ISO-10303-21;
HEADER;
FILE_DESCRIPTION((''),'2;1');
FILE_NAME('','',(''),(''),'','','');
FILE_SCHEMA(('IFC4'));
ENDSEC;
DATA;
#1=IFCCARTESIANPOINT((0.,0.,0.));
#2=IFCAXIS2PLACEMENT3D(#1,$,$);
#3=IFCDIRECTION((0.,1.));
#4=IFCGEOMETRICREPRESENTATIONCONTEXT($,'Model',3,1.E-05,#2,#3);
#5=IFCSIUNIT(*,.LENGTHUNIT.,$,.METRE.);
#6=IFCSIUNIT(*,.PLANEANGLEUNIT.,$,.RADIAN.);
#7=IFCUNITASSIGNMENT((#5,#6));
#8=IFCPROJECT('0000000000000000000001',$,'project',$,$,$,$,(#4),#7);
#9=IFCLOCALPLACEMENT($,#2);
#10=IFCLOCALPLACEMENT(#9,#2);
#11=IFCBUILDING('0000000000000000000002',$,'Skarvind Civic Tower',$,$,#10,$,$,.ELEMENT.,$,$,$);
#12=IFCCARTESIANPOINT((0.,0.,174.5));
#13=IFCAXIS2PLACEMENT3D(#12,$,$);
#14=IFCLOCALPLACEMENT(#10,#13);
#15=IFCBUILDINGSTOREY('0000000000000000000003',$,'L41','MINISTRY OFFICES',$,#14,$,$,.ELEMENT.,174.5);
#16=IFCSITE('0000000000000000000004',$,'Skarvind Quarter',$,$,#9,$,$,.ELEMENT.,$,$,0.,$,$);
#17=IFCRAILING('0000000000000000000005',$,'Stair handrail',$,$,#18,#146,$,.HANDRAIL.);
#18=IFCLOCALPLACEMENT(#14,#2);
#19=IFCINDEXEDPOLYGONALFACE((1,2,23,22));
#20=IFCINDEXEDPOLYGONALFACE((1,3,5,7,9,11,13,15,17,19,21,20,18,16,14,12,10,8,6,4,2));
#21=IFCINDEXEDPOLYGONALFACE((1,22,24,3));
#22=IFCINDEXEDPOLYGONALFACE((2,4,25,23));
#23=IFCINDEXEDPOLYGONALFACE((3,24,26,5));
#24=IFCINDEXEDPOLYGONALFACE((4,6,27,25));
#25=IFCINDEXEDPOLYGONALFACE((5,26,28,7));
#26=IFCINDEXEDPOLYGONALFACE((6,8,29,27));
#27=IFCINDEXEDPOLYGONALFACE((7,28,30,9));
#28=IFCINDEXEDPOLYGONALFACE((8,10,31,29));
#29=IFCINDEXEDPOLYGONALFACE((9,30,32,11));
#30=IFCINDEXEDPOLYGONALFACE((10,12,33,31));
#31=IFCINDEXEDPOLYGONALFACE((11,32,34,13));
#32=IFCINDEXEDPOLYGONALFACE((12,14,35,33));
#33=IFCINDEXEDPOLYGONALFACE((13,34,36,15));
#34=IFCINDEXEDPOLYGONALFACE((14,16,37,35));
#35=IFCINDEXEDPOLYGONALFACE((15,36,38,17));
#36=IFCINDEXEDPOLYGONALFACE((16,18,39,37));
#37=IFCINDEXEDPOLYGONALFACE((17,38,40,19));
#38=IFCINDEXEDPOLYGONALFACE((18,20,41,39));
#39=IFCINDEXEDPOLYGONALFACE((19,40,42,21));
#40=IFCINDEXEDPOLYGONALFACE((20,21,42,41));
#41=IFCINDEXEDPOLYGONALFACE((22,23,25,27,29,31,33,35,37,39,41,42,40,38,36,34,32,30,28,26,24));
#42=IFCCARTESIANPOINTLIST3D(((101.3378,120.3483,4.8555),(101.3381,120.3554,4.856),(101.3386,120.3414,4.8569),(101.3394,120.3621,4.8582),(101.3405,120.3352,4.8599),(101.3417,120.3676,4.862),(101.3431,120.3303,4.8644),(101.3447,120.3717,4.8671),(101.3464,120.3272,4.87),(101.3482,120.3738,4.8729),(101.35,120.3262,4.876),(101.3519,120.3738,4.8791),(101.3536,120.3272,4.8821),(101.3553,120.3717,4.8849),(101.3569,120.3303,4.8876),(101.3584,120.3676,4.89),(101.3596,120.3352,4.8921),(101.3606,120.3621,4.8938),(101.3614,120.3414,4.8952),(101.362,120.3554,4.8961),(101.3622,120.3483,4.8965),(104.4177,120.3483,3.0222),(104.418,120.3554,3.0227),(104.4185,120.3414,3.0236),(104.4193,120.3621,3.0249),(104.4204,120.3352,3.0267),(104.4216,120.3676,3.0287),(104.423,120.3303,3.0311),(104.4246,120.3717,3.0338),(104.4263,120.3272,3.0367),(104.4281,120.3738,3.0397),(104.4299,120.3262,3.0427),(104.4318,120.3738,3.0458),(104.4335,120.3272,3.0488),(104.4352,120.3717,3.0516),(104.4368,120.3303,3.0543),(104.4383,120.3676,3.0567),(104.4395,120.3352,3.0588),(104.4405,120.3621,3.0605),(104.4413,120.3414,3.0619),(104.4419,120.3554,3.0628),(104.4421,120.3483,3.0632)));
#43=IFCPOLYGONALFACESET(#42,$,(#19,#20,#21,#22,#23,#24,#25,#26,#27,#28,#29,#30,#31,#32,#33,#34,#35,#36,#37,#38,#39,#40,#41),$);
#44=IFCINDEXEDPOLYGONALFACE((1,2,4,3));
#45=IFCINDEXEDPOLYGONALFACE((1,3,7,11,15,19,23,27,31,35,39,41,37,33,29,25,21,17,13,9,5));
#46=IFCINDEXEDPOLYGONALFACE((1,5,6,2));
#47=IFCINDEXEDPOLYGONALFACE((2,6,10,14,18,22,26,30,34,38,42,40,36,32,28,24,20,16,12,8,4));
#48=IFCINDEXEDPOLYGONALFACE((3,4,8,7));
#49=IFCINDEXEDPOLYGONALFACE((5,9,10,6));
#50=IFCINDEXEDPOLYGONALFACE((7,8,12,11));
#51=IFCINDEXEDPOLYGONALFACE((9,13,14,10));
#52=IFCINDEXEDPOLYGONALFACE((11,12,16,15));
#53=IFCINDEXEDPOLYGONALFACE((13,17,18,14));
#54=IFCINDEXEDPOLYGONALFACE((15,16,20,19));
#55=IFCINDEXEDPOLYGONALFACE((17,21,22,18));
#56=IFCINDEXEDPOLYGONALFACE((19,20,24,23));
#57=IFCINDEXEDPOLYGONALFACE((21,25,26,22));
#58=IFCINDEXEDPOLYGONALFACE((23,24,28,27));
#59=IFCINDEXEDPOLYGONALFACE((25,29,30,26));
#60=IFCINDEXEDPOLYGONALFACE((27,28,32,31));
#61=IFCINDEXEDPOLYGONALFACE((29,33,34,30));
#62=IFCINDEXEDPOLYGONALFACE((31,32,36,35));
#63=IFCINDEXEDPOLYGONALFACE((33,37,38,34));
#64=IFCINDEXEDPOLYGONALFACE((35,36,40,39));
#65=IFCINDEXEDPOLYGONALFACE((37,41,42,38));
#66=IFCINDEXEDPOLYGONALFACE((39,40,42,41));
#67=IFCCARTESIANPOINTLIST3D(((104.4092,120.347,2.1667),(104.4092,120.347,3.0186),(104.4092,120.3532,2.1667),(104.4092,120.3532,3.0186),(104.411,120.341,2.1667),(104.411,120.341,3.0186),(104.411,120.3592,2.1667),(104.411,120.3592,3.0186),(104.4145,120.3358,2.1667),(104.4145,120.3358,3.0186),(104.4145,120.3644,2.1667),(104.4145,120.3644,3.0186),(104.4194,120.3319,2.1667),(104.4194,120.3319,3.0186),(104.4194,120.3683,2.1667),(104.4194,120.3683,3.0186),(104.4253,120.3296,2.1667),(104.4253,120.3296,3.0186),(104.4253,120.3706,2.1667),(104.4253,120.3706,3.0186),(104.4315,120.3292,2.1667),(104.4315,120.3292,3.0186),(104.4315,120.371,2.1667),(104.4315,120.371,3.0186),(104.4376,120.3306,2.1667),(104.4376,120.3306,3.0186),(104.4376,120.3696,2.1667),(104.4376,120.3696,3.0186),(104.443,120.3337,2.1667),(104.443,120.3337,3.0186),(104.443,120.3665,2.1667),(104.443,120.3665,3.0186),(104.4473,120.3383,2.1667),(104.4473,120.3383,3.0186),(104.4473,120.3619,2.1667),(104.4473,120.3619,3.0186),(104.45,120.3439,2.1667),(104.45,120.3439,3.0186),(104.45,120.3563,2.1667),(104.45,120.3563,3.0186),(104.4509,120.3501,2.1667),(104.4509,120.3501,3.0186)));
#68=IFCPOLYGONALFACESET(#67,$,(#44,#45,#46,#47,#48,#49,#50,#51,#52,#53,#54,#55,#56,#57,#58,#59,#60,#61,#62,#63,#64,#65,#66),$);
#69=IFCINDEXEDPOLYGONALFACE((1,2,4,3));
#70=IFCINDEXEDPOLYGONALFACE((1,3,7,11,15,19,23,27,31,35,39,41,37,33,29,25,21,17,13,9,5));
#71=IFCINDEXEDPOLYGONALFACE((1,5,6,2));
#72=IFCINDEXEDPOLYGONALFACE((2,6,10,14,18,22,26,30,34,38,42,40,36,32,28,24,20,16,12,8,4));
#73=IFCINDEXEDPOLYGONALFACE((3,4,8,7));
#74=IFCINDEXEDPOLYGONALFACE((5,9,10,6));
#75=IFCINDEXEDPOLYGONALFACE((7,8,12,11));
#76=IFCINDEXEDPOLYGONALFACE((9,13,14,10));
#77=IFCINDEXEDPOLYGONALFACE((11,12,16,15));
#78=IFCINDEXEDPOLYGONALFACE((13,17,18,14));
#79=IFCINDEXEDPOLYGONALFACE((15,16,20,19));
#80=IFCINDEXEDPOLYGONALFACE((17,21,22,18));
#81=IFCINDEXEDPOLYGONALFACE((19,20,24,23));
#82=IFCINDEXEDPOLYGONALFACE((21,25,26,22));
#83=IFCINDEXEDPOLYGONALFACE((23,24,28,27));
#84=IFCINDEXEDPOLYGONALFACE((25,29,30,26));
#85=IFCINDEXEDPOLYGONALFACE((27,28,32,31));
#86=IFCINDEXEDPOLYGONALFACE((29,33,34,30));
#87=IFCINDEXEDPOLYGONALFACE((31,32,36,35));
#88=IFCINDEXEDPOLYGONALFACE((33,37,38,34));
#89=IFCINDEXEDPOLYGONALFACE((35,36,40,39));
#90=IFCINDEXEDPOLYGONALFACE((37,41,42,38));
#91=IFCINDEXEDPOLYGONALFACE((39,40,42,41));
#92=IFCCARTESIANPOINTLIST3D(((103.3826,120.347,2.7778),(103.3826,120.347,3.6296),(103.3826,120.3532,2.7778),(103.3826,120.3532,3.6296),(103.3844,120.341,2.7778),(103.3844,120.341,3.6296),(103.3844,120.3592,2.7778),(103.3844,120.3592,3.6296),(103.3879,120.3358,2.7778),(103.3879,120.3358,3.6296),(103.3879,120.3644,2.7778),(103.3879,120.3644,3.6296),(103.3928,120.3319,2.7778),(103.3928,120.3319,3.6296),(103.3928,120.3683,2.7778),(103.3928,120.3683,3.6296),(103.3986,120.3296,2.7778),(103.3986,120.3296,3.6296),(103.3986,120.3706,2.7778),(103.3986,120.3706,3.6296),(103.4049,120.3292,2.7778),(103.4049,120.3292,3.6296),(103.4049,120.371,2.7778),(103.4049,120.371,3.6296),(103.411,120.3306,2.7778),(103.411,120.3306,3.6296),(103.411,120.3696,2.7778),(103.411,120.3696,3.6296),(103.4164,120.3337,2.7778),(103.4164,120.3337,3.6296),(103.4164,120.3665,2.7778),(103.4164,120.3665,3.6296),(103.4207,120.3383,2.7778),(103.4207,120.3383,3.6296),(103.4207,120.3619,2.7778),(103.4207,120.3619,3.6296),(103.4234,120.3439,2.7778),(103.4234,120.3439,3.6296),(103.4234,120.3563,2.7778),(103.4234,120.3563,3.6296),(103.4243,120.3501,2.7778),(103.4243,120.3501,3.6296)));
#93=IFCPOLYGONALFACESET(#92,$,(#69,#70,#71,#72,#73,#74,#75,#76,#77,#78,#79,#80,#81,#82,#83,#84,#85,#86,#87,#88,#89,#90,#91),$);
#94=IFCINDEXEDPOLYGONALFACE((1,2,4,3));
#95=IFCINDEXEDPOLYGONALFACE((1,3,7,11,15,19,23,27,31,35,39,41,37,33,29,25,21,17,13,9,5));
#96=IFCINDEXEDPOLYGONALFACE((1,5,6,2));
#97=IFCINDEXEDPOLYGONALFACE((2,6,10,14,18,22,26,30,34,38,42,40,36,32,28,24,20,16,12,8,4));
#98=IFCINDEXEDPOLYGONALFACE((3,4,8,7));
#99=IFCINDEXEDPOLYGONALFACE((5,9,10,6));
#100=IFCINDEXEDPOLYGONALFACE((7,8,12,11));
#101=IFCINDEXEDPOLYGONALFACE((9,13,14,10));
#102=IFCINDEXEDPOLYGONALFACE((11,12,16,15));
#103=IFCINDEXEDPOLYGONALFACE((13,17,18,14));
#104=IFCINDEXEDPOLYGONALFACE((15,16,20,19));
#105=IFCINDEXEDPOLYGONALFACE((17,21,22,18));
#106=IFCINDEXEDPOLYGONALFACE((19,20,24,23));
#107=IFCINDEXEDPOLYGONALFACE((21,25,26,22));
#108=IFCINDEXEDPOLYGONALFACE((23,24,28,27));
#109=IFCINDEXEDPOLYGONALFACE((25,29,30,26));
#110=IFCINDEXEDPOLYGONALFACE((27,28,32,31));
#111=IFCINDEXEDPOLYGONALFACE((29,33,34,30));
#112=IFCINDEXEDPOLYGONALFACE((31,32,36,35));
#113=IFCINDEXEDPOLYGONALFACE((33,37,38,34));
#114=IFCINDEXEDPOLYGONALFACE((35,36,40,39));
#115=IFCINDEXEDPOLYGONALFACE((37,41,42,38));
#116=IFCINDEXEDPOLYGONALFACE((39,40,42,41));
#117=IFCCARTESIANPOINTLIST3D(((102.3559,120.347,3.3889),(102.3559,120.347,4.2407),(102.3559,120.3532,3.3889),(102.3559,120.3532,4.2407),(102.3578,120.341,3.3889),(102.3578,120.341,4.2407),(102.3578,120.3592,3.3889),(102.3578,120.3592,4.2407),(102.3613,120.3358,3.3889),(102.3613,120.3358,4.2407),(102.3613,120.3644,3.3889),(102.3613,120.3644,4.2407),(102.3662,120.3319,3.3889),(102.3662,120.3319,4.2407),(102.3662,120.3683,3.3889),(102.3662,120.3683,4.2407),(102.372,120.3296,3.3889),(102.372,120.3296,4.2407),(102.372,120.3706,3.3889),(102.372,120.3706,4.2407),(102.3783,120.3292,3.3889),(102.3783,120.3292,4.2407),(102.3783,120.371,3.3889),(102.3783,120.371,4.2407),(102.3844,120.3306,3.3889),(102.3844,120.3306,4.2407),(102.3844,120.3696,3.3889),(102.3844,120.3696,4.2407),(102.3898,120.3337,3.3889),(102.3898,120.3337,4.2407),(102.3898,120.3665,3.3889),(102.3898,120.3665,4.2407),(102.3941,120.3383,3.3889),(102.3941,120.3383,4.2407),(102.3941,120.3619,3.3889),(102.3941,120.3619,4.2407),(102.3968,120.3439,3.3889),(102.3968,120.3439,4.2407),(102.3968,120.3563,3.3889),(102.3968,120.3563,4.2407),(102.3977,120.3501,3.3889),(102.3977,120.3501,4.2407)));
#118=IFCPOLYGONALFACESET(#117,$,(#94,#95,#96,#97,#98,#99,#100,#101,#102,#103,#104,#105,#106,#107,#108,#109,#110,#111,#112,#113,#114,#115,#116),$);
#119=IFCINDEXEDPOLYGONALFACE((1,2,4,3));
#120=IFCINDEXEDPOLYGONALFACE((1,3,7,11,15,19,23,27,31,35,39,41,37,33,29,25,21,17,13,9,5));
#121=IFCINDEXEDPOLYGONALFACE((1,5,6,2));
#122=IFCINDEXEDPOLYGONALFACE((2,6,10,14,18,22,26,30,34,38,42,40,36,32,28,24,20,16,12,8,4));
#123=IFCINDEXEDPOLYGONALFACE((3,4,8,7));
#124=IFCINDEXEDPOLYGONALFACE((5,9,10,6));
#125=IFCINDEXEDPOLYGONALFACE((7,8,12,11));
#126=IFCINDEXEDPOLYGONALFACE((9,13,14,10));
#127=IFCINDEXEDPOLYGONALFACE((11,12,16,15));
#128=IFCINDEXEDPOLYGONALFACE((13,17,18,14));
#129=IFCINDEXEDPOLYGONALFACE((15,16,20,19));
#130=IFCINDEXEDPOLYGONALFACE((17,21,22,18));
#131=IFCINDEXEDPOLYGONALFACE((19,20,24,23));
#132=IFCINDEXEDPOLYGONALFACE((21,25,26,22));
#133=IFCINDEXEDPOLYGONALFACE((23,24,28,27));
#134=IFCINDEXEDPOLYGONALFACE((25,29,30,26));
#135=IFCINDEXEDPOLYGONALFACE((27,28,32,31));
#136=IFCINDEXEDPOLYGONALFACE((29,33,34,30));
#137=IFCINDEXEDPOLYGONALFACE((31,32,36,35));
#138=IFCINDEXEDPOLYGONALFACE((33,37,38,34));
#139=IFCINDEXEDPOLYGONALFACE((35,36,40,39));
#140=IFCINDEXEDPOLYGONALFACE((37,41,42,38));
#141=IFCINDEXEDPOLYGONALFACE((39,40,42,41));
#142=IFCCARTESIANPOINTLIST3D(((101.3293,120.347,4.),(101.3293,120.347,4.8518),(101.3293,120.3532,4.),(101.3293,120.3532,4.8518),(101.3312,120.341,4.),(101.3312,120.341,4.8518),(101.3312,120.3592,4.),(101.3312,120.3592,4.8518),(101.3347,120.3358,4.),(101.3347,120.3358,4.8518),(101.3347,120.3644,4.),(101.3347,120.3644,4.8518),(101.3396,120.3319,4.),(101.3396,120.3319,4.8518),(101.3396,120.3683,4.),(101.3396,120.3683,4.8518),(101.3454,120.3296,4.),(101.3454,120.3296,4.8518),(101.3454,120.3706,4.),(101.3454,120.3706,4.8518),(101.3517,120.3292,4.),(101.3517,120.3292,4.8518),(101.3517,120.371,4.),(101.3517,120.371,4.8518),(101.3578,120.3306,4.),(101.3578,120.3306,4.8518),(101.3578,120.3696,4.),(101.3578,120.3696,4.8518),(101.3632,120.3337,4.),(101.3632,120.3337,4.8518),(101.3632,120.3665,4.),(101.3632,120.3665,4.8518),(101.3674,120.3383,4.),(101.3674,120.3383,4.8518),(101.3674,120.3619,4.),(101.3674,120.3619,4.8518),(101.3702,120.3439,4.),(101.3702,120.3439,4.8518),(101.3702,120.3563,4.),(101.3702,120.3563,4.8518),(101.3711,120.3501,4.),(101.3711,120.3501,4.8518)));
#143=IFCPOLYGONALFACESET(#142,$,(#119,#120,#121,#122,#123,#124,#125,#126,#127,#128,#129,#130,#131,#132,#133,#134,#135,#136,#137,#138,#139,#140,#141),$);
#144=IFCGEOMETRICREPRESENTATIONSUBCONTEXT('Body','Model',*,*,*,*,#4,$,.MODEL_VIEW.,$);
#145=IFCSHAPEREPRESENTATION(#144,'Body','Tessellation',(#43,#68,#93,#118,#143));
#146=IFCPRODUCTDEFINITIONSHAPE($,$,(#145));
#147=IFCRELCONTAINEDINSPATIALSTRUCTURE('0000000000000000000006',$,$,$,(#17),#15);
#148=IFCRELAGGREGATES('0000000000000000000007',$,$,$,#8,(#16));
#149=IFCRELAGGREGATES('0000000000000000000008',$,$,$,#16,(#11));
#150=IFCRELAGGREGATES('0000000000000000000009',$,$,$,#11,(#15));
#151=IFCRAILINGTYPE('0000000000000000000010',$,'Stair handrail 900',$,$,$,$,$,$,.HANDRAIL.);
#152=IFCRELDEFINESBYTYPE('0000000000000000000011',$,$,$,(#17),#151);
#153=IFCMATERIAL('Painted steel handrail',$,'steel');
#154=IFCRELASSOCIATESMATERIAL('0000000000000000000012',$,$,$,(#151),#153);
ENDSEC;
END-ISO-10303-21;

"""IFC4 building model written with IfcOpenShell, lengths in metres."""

from ifc_helpers import new_model, si_unit, direction, frame, origin, origin_2d, place, context, subcontext, project, spatial, circle, extrude, material, type_object, element, save


model = new_model("IFC4")

# Units and contexts
model_context = context("Model", 3, precision=1e-05, world=origin(), true_north=direction((0.0, 1.0)))
body_context = subcontext(model_context, "Body", "Model", "MODEL_VIEW")
ifc_project = project(units=[si_unit("LENGTHUNIT", "METRE"), si_unit("PLANEANGLEUNIT", "RADIAN")], contexts=[model_context])

# Site, building, storey
site_placement = place(None, origin())
site = spatial("IfcSite", under=ifc_project, at=site_placement, Name="Skarvind Quarter", CompositionType="ELEMENT", RefElevation=0.0)
building_placement = place(site_placement, origin())
building = spatial("IfcBuilding", under=site, at=building_placement, Name="Skarvind Civic Tower", CompositionType="ELEMENT")
storey_placement = place(building_placement, frame((0.0, 0.0, 174.5)))
storey = spatial("IfcBuildingStorey", under=building, at=storey_placement, Name="L41", Description="MINISTRY OFFICES", CompositionType="ELEMENT", Elevation=174.5)

# Railing
ifc_material_1 = material(Name="Painted steel handrail", Category="steel")
railing_type = type_object("IfcRailingType", Name="Stair handrail 900", PredefinedType="HANDRAIL", material=ifc_material_1)
railing_1_placement = place(storey_placement, frame((104.4299, 120.3501, 2.1667)))
element("IfcRailing", 1, at=railing_1_placement, inside=storey, type_object=railing_type, Name="Stair handrail", PredefinedType="HANDRAIL", context=body_context, shape_type="SweptSolid", body=[
    extrude(circle(Radius=0.0239, at=origin_2d()), frame((0.0, 0.0, 0.876), z_axis=(-0.859291, 0.0, 0.511487), x_axis=(0.0, -1.0, 0.0)), (0.0, 0.0, 1.0), 3.5842),
    extrude(circle(Radius=0.021, at=origin_2d()), origin(), (0.0, 0.0, 1.0), 0.8518),
    extrude(circle(Radius=0.021, at=origin_2d()), frame((-1.0266, 0.0, 0.6111)), (0.0, 0.0, 1.0), 0.8518),
    extrude(circle(Radius=0.021, at=origin_2d()), frame((-2.0532, 0.0, 1.2222)), (0.0, 0.0, 1.0), 0.8518),
    extrude(circle(Radius=0.021, at=origin_2d()), frame((-3.0798, 0.0, 1.8333)), (0.0, 0.0, 1.0), 0.8518),
])

save(model, "model.ifc")
